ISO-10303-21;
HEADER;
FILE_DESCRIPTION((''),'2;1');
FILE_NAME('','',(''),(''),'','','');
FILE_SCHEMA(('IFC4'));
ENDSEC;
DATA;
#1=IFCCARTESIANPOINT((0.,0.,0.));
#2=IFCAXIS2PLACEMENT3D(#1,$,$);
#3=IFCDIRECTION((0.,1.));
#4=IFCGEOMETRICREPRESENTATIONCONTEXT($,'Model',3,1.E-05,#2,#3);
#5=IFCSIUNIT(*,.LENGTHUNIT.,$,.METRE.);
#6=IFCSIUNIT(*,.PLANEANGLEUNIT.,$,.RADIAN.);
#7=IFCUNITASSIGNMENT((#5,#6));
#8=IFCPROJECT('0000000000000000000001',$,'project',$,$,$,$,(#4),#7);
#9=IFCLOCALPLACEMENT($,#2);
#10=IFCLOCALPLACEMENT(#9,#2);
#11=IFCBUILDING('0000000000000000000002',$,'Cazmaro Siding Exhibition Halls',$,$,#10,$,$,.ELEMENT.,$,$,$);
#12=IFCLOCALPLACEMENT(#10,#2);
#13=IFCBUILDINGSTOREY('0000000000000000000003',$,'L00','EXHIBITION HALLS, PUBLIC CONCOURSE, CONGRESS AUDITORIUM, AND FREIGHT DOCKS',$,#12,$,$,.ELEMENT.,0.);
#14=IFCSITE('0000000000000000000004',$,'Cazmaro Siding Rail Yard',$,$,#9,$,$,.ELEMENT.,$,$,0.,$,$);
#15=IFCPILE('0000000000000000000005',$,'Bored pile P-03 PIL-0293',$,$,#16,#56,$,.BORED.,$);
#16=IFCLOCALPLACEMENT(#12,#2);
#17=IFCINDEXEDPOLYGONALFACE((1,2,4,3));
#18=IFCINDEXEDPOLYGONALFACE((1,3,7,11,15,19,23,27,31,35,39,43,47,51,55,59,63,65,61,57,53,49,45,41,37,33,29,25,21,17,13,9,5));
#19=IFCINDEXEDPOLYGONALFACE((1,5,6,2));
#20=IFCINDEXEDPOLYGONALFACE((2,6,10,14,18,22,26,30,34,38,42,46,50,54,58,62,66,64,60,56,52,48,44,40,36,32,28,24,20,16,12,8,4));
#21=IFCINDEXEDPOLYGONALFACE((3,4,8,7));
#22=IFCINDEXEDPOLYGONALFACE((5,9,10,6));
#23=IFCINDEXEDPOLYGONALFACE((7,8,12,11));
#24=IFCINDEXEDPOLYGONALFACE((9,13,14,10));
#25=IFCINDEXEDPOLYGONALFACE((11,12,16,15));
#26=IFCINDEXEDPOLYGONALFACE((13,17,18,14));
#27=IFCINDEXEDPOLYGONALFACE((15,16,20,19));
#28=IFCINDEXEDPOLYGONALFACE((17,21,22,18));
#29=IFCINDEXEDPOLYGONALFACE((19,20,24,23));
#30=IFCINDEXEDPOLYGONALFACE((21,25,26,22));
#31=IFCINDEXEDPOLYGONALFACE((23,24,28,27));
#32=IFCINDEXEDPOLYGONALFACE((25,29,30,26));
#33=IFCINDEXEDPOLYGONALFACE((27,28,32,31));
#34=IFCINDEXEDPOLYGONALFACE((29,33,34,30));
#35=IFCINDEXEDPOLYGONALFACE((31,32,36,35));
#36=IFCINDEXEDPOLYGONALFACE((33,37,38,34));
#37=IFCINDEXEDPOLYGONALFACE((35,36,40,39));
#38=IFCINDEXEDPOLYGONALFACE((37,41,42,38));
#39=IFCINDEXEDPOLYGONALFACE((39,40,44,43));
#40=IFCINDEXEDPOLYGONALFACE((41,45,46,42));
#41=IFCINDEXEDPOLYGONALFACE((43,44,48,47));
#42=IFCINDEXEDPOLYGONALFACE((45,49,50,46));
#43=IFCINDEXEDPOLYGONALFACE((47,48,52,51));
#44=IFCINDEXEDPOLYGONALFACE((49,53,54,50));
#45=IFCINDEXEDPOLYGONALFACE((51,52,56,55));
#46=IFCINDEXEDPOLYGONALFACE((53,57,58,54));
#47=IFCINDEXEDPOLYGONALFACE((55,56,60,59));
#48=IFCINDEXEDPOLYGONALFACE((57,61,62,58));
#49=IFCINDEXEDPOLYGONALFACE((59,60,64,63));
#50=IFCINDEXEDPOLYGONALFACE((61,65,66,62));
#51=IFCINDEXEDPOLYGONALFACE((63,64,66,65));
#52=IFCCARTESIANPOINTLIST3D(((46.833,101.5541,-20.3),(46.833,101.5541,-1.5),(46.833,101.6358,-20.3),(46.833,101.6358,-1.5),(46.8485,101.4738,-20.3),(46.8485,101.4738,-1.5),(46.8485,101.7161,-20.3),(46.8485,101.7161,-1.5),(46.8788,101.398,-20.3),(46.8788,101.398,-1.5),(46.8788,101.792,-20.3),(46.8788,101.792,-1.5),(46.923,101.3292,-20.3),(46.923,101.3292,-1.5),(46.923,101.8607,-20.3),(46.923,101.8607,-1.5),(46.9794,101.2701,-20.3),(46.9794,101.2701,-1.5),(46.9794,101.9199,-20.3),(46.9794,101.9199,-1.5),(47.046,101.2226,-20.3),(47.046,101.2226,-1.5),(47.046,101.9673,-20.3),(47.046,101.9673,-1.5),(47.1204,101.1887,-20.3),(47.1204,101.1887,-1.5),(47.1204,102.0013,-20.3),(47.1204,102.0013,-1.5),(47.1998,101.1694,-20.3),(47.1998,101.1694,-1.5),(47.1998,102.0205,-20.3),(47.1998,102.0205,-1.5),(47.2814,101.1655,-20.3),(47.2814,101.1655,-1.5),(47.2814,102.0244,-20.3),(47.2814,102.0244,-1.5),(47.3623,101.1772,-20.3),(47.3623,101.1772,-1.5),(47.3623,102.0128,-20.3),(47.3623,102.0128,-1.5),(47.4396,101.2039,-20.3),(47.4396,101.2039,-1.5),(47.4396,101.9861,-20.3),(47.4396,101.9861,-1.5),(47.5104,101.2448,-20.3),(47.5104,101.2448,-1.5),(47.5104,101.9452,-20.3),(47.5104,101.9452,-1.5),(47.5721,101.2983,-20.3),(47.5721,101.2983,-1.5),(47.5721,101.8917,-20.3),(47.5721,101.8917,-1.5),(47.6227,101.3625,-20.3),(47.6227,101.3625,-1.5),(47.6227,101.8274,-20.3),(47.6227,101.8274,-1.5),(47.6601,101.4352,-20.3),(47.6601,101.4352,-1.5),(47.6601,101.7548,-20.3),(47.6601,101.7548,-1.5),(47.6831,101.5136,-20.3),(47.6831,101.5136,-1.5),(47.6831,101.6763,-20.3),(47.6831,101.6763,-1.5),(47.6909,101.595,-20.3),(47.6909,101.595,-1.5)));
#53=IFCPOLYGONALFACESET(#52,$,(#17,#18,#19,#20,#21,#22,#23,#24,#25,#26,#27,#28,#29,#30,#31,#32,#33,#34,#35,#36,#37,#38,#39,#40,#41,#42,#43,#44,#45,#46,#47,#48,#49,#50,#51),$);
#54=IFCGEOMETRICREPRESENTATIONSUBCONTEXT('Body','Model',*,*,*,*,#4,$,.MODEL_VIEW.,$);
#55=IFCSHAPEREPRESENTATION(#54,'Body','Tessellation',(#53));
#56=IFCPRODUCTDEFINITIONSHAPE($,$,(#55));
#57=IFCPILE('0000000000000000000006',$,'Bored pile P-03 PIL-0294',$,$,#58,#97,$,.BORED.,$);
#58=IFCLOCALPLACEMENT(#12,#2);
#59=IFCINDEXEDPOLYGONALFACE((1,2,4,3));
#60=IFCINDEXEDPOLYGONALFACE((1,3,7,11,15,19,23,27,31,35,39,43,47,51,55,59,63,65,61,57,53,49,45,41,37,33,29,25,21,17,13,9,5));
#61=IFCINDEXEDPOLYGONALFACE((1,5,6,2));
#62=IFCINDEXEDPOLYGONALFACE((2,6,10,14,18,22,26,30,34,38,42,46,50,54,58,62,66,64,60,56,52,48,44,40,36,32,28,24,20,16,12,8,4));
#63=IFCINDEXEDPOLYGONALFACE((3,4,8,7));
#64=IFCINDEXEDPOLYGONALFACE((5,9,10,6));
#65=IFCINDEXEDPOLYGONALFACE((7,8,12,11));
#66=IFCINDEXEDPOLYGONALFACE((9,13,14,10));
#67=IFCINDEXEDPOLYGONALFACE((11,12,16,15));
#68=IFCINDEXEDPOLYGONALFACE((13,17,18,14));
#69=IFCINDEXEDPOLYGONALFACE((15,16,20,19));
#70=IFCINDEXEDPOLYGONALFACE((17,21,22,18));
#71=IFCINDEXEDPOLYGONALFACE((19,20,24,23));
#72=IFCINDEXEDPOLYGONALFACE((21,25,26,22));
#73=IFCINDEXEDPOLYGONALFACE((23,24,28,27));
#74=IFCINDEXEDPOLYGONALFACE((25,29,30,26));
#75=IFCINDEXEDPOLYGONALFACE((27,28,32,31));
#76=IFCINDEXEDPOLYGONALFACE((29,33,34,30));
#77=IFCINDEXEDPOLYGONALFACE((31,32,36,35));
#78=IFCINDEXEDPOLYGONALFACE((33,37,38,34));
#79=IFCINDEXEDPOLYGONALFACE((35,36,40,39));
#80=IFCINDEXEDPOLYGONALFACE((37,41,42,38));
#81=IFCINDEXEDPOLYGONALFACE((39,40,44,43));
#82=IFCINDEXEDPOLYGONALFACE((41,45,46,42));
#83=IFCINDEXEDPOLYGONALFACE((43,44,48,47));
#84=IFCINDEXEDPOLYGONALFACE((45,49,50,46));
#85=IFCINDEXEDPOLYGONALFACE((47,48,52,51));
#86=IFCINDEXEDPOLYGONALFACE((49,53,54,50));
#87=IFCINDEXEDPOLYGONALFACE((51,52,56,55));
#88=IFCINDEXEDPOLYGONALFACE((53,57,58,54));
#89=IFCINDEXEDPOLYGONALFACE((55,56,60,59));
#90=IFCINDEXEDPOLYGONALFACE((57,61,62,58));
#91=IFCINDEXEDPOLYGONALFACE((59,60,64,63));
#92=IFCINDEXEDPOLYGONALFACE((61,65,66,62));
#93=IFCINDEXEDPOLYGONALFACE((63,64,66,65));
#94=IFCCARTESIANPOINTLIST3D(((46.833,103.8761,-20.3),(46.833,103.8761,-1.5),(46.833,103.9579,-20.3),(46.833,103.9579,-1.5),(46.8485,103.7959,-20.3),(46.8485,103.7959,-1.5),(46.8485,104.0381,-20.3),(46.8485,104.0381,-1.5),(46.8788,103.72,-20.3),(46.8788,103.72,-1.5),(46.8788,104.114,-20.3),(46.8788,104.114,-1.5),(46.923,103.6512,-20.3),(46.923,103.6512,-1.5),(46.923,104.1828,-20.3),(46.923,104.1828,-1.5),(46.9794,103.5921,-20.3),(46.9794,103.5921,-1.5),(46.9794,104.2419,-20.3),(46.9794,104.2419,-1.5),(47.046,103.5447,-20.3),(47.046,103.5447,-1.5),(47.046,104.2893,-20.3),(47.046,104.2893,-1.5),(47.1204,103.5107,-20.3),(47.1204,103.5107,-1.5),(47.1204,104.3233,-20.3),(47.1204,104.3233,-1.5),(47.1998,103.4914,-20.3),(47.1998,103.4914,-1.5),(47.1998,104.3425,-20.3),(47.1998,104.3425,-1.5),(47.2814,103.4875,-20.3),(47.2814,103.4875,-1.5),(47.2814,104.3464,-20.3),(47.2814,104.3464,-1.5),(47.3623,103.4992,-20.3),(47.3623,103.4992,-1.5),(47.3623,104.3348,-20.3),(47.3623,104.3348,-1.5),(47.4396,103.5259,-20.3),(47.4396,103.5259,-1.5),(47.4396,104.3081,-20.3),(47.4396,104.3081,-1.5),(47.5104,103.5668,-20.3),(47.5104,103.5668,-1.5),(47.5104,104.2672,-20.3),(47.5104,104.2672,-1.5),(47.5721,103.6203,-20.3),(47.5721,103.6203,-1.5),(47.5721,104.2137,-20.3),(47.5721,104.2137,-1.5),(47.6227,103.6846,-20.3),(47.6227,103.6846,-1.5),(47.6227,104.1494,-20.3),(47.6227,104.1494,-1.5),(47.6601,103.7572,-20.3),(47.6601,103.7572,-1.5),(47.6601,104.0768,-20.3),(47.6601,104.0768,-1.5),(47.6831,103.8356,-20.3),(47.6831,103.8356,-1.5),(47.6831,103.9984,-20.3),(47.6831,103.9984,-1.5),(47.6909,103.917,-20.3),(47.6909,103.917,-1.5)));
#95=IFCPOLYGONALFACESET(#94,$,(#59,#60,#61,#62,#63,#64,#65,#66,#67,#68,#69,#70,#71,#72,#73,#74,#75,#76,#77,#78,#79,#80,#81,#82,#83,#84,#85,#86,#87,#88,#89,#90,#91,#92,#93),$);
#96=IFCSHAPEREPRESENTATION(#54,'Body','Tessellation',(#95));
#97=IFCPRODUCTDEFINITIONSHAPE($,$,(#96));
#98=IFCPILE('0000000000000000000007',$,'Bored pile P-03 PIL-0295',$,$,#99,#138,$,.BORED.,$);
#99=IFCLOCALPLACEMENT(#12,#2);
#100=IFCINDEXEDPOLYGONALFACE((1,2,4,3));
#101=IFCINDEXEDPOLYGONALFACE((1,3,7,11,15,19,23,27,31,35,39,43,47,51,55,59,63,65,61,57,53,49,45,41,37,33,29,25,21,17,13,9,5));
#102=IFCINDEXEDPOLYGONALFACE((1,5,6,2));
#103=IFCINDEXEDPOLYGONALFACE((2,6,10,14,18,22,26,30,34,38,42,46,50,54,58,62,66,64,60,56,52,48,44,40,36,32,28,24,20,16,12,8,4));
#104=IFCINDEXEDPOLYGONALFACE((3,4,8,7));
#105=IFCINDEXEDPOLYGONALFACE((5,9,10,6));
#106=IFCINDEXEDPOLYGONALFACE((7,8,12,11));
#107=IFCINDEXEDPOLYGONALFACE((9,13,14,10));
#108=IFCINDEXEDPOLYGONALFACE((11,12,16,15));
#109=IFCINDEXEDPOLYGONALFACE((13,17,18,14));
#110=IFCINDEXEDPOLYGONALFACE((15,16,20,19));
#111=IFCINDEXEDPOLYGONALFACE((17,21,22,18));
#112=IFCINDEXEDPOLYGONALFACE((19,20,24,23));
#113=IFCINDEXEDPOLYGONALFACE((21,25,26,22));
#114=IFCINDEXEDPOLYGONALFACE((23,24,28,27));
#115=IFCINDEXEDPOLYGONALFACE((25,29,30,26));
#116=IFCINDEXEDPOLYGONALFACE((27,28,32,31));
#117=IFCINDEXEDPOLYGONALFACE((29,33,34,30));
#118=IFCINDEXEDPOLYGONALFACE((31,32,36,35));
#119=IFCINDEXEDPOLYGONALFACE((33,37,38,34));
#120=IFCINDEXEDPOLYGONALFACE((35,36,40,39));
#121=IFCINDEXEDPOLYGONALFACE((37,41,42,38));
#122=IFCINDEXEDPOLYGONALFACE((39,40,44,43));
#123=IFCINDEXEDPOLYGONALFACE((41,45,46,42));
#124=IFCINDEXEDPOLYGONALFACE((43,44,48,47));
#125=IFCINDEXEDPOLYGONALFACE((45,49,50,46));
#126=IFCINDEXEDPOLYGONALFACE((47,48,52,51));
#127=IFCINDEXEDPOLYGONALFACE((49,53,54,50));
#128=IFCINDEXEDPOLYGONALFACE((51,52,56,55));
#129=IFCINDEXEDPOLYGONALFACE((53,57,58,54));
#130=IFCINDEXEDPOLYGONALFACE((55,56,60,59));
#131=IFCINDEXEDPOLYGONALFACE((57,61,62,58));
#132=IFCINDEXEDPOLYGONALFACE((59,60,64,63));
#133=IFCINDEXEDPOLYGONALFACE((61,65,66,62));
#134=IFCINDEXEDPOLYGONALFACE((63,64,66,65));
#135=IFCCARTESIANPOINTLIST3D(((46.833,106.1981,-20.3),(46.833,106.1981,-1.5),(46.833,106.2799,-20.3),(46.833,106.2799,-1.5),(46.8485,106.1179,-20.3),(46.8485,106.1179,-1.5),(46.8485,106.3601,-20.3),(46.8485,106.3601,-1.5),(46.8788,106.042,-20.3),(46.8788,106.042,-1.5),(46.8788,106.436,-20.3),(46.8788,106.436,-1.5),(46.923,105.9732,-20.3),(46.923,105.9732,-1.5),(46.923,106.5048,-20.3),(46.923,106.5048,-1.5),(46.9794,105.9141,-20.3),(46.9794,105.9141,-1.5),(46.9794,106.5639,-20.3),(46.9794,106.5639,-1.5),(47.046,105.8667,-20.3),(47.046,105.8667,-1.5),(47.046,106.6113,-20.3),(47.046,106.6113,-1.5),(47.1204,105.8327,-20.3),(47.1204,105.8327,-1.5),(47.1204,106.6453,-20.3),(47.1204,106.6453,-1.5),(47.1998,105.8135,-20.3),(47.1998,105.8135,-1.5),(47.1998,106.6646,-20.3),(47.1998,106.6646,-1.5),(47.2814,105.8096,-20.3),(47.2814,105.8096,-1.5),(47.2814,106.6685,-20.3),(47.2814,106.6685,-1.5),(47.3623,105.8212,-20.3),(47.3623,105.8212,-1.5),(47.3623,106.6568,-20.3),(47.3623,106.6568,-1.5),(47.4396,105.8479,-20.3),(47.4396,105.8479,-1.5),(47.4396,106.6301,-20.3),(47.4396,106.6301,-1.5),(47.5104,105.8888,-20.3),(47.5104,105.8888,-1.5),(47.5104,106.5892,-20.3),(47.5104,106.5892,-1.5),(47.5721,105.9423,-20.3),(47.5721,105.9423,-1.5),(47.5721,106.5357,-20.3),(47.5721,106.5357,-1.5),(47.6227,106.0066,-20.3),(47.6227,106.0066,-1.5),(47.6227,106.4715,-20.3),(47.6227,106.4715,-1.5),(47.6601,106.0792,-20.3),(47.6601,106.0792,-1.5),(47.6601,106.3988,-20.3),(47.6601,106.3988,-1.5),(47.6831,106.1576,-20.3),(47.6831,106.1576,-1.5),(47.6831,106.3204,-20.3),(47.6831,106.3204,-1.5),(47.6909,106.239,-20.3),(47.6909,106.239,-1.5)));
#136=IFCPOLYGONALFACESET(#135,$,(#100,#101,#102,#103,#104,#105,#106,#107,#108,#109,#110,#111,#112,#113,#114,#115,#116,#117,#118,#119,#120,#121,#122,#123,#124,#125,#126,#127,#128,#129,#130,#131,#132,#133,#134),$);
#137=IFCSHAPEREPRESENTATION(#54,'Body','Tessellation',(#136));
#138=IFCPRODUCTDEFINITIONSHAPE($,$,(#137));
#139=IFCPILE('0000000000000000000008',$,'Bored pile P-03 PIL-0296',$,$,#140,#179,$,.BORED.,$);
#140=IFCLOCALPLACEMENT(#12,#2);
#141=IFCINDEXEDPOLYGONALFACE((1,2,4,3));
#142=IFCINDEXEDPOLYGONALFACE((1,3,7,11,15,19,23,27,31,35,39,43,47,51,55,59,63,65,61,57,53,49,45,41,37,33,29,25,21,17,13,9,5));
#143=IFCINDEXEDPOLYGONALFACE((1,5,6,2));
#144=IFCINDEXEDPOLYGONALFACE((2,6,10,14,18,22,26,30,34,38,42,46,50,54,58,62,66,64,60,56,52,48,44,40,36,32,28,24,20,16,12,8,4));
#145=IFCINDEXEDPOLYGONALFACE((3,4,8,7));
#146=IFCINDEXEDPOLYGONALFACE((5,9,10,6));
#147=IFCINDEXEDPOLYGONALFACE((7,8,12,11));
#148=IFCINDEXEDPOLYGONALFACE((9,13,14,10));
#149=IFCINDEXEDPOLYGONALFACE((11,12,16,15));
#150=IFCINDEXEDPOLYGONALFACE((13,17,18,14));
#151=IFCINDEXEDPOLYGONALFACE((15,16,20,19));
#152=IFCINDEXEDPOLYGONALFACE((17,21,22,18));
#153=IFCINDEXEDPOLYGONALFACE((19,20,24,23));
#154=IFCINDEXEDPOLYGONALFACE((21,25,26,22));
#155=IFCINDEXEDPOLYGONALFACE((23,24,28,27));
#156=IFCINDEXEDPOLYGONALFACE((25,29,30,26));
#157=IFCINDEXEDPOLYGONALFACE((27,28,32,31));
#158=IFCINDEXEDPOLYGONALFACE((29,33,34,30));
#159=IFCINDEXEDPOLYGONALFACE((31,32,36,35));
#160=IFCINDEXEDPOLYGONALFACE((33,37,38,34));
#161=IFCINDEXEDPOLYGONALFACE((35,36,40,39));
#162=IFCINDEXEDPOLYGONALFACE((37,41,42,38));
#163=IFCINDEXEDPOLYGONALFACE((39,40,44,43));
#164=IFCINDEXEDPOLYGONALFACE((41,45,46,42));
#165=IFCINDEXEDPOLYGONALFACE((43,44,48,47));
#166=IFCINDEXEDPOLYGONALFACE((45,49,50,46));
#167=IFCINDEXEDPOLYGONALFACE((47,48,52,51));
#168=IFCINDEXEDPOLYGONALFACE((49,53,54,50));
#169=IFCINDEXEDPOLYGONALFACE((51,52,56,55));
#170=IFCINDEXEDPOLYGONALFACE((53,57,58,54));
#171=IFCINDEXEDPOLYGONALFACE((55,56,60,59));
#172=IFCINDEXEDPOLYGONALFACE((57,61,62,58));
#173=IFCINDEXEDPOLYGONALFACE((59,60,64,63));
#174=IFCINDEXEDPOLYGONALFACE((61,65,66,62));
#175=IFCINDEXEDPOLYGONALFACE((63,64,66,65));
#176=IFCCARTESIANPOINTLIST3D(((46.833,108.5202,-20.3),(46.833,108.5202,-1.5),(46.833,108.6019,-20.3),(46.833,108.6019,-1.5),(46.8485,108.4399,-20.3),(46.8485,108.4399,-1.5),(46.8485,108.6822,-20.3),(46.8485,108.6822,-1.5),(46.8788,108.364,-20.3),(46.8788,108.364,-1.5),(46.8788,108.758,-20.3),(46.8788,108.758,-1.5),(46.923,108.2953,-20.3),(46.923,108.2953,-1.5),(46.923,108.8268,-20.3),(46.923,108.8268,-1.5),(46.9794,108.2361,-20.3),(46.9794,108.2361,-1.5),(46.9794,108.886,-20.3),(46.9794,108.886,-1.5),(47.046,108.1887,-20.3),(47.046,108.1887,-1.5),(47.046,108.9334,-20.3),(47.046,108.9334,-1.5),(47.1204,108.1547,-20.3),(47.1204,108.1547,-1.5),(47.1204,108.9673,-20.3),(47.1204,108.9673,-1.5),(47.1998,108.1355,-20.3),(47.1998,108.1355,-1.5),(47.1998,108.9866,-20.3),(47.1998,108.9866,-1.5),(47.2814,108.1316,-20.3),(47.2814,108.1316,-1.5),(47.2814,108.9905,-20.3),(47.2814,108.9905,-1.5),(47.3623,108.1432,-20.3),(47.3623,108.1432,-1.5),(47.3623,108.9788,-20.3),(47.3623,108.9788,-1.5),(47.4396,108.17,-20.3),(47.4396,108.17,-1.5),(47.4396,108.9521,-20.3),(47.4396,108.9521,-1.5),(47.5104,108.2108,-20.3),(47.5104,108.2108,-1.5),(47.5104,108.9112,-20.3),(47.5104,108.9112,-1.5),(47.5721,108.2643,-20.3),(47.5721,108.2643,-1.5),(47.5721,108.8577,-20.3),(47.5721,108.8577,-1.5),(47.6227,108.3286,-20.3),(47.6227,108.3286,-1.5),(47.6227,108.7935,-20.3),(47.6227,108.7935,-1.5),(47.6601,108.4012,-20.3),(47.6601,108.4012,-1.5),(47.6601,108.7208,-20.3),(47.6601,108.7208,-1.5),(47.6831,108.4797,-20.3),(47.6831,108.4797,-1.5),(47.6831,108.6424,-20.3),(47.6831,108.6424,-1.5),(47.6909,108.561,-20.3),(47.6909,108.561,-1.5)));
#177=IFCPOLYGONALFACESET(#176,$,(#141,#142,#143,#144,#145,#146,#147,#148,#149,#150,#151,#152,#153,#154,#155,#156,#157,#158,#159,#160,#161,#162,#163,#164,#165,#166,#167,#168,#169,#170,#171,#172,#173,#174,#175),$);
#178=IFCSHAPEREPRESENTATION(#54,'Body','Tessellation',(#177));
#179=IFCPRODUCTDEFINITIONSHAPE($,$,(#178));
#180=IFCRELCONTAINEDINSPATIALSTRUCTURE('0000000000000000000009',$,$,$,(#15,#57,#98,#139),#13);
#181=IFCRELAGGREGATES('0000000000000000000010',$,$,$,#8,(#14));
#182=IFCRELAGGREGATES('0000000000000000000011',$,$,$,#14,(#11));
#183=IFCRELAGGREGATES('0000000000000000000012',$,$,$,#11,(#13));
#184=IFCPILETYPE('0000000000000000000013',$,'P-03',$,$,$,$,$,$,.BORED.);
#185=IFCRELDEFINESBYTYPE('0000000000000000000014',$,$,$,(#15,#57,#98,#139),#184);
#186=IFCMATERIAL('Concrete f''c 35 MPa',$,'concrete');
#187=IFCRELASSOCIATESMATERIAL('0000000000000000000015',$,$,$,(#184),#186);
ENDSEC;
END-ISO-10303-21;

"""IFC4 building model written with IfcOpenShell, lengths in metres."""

from ifc_helpers import new_model, si_unit, direction, frame, origin, origin_2d, place, context, subcontext, project, spatial, circle, extrude, material, material_profile, profile_set, type_object, element, save


model = new_model("IFC4")

# Units and contexts
model_context = context("Model", 3, precision=1e-05, world=origin(), true_north=direction((0.0, 1.0)))
body_context = subcontext(model_context, "Body", "Model", "MODEL_VIEW")
ifc_project = project(units=[si_unit("LENGTHUNIT", "METRE"), si_unit("PLANEANGLEUNIT", "RADIAN")], contexts=[model_context])

# Site, building, storey
site_placement = place(None, origin())
site = spatial("IfcSite", under=ifc_project, at=site_placement, Name="Cazmaro Siding Rail Yard", CompositionType="ELEMENT", RefElevation=0.0)
building_placement = place(site_placement, origin())
building = spatial("IfcBuilding", under=site, at=building_placement, Name="Cazmaro Siding Exhibition Halls", CompositionType="ELEMENT")
storey_placement = place(building_placement, origin())
storey = spatial("IfcBuildingStorey", under=building, at=storey_placement, Name="L00", Description="EXHIBITION HALLS, PUBLIC CONCOURSE, CONGRESS AUDITORIUM, AND FREIGHT DOCKS", CompositionType="ELEMENT", Elevation=0.0)

# Piles
ifc_material_1 = material(Name="Concrete f'c 35 MPa", Category="concrete")
ifc_material_profile_1 = material_profile(ifc_material_1, circle(Radius=0.4299, at=origin_2d()), Name="CIDH-860")
ifc_profile_set_1 = profile_set([ifc_material_profile_1], Name="Concrete f'c 35 MPa")
pile_type_1 = type_object("IfcPileType", Name="P-03", PredefinedType="BORED", material=ifc_profile_set_1)
for number, where, z_axis, x_axis, name in (
    (1, (47.261, 101.595, -1.5), (0.0, 0.0, -1.0), (1.0, 0.0, 0.0), "Bored pile P-03 PIL-0293"),
    (2, (47.261, 103.917, -1.5), (0.0, 0.0, -1.0), (1.0, 0.0, 0.0), "Bored pile P-03 PIL-0294"),
    (3, (47.261, 106.239, -1.5), (0.0, 0.0, -1.0), (1.0, 0.0, 0.0), "Bored pile P-03 PIL-0295"),
    (4, (47.261, 108.561, -1.5), (0.0, 0.0, -1.0), (1.0, 0.0, 0.0), "Bored pile P-03 PIL-0296"),
):
    element("IfcPile", number, at=place(storey_placement, frame(where, z_axis=z_axis, x_axis=x_axis)), inside=storey, type_object=pile_type_1, Name=name, PredefinedType="BORED", context=body_context, shape_type="SweptSolid", body=[
        extrude(circle(Radius=0.4299, at=origin_2d()), origin(), (0.0, 0.0, 1.0), 18.8),
    ])

save(model, "model.ifc")
